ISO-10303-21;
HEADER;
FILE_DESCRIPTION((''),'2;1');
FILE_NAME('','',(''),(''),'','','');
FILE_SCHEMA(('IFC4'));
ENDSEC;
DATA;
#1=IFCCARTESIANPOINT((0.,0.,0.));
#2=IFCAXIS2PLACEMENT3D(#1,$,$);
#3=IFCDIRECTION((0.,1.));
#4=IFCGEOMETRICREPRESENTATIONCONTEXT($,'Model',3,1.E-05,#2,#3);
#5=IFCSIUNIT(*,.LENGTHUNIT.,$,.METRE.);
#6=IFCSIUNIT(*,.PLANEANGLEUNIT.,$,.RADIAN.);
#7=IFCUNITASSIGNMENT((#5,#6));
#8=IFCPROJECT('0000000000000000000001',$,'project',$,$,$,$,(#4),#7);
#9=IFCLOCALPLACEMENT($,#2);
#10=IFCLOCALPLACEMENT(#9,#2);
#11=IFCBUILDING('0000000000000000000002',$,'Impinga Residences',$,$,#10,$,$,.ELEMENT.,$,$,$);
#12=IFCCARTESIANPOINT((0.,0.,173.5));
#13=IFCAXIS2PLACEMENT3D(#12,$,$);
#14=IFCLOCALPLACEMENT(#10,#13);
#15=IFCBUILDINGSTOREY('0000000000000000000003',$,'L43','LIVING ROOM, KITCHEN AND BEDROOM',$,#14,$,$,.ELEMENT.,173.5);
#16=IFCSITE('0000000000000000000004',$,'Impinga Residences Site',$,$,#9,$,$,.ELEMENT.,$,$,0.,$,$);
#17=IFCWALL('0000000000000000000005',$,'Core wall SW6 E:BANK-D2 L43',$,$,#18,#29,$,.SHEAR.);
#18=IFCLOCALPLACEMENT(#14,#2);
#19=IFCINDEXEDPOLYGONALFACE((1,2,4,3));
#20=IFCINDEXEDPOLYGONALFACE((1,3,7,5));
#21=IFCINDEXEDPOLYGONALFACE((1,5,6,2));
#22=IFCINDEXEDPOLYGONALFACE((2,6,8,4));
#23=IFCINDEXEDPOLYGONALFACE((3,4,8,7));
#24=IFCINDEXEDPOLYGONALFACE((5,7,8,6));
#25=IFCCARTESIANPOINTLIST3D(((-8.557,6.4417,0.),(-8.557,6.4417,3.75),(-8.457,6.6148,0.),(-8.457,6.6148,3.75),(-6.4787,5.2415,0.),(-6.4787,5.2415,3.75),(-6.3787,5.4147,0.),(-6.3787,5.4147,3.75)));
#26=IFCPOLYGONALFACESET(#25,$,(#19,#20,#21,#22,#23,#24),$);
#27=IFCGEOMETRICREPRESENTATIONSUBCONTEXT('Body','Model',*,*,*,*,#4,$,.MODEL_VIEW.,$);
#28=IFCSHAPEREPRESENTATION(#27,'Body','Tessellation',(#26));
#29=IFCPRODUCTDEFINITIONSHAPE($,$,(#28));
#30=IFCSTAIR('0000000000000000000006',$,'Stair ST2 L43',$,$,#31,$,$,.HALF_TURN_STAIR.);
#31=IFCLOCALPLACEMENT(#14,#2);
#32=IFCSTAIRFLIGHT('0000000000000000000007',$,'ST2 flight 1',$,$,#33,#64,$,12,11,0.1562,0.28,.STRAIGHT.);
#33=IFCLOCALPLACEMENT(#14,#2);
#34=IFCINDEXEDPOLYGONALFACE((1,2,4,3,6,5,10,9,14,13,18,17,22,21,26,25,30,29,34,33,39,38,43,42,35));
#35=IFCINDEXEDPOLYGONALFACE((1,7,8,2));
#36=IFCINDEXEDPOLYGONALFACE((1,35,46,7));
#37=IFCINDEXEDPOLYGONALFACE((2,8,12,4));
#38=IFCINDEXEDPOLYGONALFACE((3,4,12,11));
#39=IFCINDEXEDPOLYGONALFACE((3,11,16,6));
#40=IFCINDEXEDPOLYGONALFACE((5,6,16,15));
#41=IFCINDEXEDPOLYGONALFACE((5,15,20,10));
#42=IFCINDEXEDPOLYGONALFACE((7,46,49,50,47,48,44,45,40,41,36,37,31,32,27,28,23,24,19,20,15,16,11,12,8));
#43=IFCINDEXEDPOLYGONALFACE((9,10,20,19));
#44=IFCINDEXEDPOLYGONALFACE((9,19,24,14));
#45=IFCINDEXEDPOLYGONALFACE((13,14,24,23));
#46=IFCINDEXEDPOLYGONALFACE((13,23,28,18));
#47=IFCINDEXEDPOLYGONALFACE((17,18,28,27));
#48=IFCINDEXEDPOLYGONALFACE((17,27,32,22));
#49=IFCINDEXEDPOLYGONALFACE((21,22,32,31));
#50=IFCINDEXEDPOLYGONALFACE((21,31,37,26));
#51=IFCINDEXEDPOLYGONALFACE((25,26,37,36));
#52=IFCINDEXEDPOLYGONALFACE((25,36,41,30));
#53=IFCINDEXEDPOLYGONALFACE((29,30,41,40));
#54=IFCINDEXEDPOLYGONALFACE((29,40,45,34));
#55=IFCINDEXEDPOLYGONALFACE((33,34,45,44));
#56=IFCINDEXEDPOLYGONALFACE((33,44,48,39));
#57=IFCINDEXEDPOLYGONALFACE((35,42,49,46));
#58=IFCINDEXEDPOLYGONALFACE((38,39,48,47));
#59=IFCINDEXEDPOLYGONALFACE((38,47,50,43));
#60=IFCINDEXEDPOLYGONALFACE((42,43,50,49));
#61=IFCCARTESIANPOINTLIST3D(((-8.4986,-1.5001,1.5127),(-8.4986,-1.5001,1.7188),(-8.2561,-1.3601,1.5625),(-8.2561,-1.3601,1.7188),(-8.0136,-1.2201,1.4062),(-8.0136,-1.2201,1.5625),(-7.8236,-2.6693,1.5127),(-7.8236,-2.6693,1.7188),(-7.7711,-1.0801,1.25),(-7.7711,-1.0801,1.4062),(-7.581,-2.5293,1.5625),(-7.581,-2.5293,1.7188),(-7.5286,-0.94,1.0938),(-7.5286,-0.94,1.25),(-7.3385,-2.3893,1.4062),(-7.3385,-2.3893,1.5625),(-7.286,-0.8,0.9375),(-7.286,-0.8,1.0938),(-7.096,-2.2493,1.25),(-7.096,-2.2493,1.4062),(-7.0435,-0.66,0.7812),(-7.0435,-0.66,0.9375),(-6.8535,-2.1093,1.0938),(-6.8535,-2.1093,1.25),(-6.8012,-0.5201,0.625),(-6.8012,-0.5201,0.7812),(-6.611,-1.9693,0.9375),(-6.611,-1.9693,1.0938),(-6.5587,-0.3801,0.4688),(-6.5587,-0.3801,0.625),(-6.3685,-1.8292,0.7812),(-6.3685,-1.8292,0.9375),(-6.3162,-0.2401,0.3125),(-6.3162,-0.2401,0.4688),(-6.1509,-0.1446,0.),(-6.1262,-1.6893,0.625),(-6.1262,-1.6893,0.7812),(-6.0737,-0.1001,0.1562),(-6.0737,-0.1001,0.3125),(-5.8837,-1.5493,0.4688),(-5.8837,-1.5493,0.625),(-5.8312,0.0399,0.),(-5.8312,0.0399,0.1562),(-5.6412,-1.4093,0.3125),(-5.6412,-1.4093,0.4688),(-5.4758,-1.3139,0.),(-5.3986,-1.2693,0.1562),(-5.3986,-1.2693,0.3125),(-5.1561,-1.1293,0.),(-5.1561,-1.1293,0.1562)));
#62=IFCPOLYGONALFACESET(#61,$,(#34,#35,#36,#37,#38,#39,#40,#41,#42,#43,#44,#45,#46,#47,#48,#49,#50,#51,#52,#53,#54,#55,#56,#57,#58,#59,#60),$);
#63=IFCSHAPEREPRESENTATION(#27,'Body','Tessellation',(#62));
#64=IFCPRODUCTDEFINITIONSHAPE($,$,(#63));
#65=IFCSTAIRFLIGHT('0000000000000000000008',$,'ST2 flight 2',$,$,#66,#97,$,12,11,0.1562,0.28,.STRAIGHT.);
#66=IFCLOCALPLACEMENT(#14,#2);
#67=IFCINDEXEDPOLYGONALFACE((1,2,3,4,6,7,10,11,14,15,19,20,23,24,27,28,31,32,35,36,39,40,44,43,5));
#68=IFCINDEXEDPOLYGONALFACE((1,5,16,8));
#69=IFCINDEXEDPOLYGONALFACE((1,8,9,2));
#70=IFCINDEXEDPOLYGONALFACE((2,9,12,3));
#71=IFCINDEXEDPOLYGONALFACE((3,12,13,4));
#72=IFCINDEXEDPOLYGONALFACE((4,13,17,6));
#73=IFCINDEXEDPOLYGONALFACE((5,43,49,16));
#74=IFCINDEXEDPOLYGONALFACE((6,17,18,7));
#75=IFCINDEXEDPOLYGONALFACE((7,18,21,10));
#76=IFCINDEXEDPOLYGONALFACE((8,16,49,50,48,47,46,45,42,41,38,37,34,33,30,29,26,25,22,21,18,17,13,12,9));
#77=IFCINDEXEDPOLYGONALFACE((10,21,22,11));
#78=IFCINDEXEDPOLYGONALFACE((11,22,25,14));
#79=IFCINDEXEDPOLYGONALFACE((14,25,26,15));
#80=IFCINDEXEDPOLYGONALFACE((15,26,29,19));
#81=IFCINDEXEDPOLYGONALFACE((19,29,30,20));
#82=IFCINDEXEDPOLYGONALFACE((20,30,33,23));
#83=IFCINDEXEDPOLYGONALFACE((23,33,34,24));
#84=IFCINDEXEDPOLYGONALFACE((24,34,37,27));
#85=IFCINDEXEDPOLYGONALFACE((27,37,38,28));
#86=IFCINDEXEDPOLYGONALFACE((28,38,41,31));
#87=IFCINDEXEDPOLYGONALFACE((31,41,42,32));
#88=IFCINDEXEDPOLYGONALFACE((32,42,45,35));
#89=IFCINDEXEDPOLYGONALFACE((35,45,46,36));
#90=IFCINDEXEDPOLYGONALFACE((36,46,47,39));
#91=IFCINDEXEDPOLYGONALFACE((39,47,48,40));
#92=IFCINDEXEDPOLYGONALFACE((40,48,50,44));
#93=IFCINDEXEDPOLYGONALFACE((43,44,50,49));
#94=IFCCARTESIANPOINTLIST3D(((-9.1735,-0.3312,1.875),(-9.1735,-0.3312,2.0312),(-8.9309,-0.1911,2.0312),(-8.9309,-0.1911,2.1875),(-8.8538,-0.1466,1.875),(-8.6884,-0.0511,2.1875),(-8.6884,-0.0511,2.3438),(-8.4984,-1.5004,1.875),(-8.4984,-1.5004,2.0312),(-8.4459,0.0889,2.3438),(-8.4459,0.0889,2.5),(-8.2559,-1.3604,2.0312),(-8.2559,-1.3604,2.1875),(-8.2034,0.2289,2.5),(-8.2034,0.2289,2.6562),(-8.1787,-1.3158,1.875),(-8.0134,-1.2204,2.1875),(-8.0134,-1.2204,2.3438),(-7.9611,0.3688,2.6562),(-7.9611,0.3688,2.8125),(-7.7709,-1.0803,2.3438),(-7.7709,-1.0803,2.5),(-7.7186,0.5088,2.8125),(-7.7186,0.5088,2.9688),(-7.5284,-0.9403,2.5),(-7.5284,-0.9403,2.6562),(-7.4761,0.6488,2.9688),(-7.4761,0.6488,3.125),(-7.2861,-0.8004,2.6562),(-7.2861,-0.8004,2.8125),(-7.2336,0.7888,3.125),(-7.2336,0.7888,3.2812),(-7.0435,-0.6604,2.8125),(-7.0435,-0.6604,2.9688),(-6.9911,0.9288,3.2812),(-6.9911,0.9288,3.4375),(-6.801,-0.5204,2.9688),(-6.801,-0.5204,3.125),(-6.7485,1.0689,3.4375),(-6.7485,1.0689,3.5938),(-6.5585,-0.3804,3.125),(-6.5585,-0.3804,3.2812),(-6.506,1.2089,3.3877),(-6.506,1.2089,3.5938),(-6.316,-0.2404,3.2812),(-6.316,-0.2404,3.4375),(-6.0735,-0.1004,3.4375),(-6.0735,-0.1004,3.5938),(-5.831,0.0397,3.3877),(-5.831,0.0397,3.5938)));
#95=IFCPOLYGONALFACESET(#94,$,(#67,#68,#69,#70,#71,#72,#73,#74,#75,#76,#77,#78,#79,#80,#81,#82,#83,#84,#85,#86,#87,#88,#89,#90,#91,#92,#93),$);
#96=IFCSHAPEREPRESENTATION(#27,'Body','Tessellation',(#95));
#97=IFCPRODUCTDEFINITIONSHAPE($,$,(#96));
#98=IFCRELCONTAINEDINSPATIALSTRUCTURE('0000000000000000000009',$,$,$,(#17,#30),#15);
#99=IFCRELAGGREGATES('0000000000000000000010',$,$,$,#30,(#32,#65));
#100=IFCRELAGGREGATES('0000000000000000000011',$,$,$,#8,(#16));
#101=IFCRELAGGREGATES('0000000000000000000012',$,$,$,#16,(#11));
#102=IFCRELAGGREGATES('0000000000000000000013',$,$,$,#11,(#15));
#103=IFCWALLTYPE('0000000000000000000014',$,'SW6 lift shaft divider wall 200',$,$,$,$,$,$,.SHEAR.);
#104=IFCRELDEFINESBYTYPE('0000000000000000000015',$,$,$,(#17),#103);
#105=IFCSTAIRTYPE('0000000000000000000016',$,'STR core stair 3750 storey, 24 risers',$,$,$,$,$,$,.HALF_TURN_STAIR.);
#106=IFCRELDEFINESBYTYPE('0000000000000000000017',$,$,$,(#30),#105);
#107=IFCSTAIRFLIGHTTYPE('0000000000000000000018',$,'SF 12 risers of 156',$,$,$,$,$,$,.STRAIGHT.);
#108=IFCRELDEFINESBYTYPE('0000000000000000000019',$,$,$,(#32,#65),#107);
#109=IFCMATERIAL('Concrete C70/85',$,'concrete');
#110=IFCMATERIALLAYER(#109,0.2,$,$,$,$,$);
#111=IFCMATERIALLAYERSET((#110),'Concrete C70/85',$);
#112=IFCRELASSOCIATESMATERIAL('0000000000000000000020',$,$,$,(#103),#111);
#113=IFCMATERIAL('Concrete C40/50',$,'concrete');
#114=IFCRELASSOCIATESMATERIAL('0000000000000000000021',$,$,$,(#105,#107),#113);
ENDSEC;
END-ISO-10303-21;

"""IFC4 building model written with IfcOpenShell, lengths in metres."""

from ifc_helpers import new_model, si_unit, direction, frame, frame_2d, origin, place, context, subcontext, project, spatial, polyline, rectangle, outline, extrude, material, layer, layer_set, type_object, element, aggregate, save


model = new_model("IFC4")

# Units and contexts
model_context = context("Model", 3, precision=1e-05, world=origin(), true_north=direction((0.0, 1.0)))
body_context = subcontext(model_context, "Body", "Model", "MODEL_VIEW")
ifc_project = project(units=[si_unit("LENGTHUNIT", "METRE"), si_unit("PLANEANGLEUNIT", "RADIAN")], contexts=[model_context])

# Site, building, storey
site_placement = place(None, origin())
site = spatial("IfcSite", under=ifc_project, at=site_placement, Name="Impinga Residences Site", CompositionType="ELEMENT", RefElevation=0.0)
building_placement = place(site_placement, origin())
building = spatial("IfcBuilding", under=site, at=building_placement, Name="Impinga Residences", CompositionType="ELEMENT")
storey_placement = place(building_placement, frame((0.0, 0.0, 173.5)))
storey = spatial("IfcBuildingStorey", under=building, at=storey_placement, Name="L43", Description="LIVING ROOM, KITCHEN AND BEDROOM", CompositionType="ELEMENT", Elevation=173.5)

# Wall
ifc_material_1 = material(Name="Concrete C70/85", Category="concrete")
ifc_layer_1 = layer(ifc_material_1, 0.2)
ifc_layer_set_1 = layer_set([ifc_layer_1], Name="Concrete C70/85")
wall_type_1 = type_object("IfcWallType", Name="SW6 lift shaft divider wall 200", PredefinedType="SHEAR", material=ifc_layer_set_1)
wall_1_placement = place(storey_placement, frame((-6.4287, 5.3281, 0.0), z_axis=(0.0, 0.0, 1.0), x_axis=(-0.865981, 0.500078, 0.0)))
element("IfcWall", 1, at=wall_1_placement, inside=storey, type_object=wall_type_1, Name="Core wall SW6 E:BANK-D2 L43", PredefinedType="SHEAR", context=body_context, shape_type="SweptSolid", body=[
    extrude(rectangle(XDim=2.3999, YDim=0.2, at=frame_2d((1.2, 0.0))), origin(), (0.0, 0.0, 1.0), 3.75),
])

# Stair, stair flights
ifc_material_2 = material(Name="Concrete C40/50", Category="concrete")
stair_type = type_object("IfcStairType", Name="STR core stair 3750 storey, 24 risers", PredefinedType="HALF_TURN_STAIR", material=ifc_material_2)
stair_placement = place(storey_placement, origin())
stair = element("IfcStair", 2, at=stair_placement, inside=storey, type_object=stair_type, Name="Stair ST2 L43", PredefinedType="HALF_TURN_STAIR")
stair_flight_type = type_object("IfcStairFlightType", Name="SF 12 risers of 156", PredefinedType="STRAIGHT", material=ifc_material_2)
stair_flight_1_placement = place(storey_placement, frame((-5.4937, -0.5447, 0.0), z_axis=(0.0, 0.0, 1.0), x_axis=(-0.866025, -0.5, 0.0)))
stair_flight_1 = element("IfcStairFlight", 3, at=stair_flight_1_placement, type_object=stair_flight_type, Name="ST2 flight 1", NumberOfRisers=12, NumberOfTreads=11, PredefinedType="STRAIGHT", RiserHeight=0.1562, TreadLength=0.28, context=body_context, shape_type="SweptSolid", body=[
    extrude(outline(polyline([(0.0, 0.0), (0.0, 0.1562), (0.28, 0.1562), (0.28, 0.3125), (0.5601, 0.3125), (0.5601, 0.4688), (0.8401, 0.4688), (0.8401, 0.625), (1.1201, 0.625), (1.1201, 0.7812), (1.3999, 0.7812), (1.3999, 0.9375), (1.6799, 0.9375), (1.6799, 1.0938), (1.96, 1.0938), (1.96, 1.25), (2.24, 1.25), (2.24, 1.4062), (2.52, 1.4062), (2.52, 1.5625), (2.8, 1.5625), (2.8, 1.7188), (3.0801, 1.7188), (3.0801, 1.875), (3.0801, 1.5127), (0.3691, 0.0), (0.0, 0.0)])), frame((0.0, 0.675, 0.0), z_axis=(0.0, -1.0, 0.0), x_axis=(1.0, 0.0, 0.0)), (0.0, 0.0, 1.0), 1.3501),
])
stair_flight_2_placement = place(storey_placement, frame((-8.8359, -0.9158, 1.875), z_axis=(0.0, 0.0, 1.0), x_axis=(0.866025, 0.5, 0.0)))
stair_flight_2 = element("IfcStairFlight", 4, at=stair_flight_2_placement, type_object=stair_flight_type, Name="ST2 flight 2", NumberOfRisers=12, NumberOfTreads=11, PredefinedType="STRAIGHT", RiserHeight=0.1562, TreadLength=0.28, context=body_context, shape_type="SweptSolid", body=[
    extrude(outline(polyline([(0.0, 0.0), (0.0, 0.1562), (0.28, 0.1562), (0.28, 0.3125), (0.5601, 0.3125), (0.5601, 0.4688), (0.8401, 0.4688), (0.8401, 0.625), (1.1201, 0.625), (1.1201, 0.7812), (1.3999, 0.7812), (1.3999, 0.9375), (1.6799, 0.9375), (1.6799, 1.0938), (1.96, 1.0938), (1.96, 1.25), (2.24, 1.25), (2.24, 1.4062), (2.52, 1.4062), (2.52, 1.5625), (2.8, 1.5625), (2.8, 1.7188), (3.0801, 1.7188), (3.0801, 1.875), (3.0801, 1.5127), (0.3691, 0.0), (0.0, 0.0)])), frame((0.0, 0.675, 0.0), z_axis=(0.0, -1.0, 0.0), x_axis=(1.0, 0.0, 0.0)), (0.0, 0.0, 1.0), 1.3501),
])
aggregate(stair, [stair_flight_1, stair_flight_2])

save(model, "model.ifc")
